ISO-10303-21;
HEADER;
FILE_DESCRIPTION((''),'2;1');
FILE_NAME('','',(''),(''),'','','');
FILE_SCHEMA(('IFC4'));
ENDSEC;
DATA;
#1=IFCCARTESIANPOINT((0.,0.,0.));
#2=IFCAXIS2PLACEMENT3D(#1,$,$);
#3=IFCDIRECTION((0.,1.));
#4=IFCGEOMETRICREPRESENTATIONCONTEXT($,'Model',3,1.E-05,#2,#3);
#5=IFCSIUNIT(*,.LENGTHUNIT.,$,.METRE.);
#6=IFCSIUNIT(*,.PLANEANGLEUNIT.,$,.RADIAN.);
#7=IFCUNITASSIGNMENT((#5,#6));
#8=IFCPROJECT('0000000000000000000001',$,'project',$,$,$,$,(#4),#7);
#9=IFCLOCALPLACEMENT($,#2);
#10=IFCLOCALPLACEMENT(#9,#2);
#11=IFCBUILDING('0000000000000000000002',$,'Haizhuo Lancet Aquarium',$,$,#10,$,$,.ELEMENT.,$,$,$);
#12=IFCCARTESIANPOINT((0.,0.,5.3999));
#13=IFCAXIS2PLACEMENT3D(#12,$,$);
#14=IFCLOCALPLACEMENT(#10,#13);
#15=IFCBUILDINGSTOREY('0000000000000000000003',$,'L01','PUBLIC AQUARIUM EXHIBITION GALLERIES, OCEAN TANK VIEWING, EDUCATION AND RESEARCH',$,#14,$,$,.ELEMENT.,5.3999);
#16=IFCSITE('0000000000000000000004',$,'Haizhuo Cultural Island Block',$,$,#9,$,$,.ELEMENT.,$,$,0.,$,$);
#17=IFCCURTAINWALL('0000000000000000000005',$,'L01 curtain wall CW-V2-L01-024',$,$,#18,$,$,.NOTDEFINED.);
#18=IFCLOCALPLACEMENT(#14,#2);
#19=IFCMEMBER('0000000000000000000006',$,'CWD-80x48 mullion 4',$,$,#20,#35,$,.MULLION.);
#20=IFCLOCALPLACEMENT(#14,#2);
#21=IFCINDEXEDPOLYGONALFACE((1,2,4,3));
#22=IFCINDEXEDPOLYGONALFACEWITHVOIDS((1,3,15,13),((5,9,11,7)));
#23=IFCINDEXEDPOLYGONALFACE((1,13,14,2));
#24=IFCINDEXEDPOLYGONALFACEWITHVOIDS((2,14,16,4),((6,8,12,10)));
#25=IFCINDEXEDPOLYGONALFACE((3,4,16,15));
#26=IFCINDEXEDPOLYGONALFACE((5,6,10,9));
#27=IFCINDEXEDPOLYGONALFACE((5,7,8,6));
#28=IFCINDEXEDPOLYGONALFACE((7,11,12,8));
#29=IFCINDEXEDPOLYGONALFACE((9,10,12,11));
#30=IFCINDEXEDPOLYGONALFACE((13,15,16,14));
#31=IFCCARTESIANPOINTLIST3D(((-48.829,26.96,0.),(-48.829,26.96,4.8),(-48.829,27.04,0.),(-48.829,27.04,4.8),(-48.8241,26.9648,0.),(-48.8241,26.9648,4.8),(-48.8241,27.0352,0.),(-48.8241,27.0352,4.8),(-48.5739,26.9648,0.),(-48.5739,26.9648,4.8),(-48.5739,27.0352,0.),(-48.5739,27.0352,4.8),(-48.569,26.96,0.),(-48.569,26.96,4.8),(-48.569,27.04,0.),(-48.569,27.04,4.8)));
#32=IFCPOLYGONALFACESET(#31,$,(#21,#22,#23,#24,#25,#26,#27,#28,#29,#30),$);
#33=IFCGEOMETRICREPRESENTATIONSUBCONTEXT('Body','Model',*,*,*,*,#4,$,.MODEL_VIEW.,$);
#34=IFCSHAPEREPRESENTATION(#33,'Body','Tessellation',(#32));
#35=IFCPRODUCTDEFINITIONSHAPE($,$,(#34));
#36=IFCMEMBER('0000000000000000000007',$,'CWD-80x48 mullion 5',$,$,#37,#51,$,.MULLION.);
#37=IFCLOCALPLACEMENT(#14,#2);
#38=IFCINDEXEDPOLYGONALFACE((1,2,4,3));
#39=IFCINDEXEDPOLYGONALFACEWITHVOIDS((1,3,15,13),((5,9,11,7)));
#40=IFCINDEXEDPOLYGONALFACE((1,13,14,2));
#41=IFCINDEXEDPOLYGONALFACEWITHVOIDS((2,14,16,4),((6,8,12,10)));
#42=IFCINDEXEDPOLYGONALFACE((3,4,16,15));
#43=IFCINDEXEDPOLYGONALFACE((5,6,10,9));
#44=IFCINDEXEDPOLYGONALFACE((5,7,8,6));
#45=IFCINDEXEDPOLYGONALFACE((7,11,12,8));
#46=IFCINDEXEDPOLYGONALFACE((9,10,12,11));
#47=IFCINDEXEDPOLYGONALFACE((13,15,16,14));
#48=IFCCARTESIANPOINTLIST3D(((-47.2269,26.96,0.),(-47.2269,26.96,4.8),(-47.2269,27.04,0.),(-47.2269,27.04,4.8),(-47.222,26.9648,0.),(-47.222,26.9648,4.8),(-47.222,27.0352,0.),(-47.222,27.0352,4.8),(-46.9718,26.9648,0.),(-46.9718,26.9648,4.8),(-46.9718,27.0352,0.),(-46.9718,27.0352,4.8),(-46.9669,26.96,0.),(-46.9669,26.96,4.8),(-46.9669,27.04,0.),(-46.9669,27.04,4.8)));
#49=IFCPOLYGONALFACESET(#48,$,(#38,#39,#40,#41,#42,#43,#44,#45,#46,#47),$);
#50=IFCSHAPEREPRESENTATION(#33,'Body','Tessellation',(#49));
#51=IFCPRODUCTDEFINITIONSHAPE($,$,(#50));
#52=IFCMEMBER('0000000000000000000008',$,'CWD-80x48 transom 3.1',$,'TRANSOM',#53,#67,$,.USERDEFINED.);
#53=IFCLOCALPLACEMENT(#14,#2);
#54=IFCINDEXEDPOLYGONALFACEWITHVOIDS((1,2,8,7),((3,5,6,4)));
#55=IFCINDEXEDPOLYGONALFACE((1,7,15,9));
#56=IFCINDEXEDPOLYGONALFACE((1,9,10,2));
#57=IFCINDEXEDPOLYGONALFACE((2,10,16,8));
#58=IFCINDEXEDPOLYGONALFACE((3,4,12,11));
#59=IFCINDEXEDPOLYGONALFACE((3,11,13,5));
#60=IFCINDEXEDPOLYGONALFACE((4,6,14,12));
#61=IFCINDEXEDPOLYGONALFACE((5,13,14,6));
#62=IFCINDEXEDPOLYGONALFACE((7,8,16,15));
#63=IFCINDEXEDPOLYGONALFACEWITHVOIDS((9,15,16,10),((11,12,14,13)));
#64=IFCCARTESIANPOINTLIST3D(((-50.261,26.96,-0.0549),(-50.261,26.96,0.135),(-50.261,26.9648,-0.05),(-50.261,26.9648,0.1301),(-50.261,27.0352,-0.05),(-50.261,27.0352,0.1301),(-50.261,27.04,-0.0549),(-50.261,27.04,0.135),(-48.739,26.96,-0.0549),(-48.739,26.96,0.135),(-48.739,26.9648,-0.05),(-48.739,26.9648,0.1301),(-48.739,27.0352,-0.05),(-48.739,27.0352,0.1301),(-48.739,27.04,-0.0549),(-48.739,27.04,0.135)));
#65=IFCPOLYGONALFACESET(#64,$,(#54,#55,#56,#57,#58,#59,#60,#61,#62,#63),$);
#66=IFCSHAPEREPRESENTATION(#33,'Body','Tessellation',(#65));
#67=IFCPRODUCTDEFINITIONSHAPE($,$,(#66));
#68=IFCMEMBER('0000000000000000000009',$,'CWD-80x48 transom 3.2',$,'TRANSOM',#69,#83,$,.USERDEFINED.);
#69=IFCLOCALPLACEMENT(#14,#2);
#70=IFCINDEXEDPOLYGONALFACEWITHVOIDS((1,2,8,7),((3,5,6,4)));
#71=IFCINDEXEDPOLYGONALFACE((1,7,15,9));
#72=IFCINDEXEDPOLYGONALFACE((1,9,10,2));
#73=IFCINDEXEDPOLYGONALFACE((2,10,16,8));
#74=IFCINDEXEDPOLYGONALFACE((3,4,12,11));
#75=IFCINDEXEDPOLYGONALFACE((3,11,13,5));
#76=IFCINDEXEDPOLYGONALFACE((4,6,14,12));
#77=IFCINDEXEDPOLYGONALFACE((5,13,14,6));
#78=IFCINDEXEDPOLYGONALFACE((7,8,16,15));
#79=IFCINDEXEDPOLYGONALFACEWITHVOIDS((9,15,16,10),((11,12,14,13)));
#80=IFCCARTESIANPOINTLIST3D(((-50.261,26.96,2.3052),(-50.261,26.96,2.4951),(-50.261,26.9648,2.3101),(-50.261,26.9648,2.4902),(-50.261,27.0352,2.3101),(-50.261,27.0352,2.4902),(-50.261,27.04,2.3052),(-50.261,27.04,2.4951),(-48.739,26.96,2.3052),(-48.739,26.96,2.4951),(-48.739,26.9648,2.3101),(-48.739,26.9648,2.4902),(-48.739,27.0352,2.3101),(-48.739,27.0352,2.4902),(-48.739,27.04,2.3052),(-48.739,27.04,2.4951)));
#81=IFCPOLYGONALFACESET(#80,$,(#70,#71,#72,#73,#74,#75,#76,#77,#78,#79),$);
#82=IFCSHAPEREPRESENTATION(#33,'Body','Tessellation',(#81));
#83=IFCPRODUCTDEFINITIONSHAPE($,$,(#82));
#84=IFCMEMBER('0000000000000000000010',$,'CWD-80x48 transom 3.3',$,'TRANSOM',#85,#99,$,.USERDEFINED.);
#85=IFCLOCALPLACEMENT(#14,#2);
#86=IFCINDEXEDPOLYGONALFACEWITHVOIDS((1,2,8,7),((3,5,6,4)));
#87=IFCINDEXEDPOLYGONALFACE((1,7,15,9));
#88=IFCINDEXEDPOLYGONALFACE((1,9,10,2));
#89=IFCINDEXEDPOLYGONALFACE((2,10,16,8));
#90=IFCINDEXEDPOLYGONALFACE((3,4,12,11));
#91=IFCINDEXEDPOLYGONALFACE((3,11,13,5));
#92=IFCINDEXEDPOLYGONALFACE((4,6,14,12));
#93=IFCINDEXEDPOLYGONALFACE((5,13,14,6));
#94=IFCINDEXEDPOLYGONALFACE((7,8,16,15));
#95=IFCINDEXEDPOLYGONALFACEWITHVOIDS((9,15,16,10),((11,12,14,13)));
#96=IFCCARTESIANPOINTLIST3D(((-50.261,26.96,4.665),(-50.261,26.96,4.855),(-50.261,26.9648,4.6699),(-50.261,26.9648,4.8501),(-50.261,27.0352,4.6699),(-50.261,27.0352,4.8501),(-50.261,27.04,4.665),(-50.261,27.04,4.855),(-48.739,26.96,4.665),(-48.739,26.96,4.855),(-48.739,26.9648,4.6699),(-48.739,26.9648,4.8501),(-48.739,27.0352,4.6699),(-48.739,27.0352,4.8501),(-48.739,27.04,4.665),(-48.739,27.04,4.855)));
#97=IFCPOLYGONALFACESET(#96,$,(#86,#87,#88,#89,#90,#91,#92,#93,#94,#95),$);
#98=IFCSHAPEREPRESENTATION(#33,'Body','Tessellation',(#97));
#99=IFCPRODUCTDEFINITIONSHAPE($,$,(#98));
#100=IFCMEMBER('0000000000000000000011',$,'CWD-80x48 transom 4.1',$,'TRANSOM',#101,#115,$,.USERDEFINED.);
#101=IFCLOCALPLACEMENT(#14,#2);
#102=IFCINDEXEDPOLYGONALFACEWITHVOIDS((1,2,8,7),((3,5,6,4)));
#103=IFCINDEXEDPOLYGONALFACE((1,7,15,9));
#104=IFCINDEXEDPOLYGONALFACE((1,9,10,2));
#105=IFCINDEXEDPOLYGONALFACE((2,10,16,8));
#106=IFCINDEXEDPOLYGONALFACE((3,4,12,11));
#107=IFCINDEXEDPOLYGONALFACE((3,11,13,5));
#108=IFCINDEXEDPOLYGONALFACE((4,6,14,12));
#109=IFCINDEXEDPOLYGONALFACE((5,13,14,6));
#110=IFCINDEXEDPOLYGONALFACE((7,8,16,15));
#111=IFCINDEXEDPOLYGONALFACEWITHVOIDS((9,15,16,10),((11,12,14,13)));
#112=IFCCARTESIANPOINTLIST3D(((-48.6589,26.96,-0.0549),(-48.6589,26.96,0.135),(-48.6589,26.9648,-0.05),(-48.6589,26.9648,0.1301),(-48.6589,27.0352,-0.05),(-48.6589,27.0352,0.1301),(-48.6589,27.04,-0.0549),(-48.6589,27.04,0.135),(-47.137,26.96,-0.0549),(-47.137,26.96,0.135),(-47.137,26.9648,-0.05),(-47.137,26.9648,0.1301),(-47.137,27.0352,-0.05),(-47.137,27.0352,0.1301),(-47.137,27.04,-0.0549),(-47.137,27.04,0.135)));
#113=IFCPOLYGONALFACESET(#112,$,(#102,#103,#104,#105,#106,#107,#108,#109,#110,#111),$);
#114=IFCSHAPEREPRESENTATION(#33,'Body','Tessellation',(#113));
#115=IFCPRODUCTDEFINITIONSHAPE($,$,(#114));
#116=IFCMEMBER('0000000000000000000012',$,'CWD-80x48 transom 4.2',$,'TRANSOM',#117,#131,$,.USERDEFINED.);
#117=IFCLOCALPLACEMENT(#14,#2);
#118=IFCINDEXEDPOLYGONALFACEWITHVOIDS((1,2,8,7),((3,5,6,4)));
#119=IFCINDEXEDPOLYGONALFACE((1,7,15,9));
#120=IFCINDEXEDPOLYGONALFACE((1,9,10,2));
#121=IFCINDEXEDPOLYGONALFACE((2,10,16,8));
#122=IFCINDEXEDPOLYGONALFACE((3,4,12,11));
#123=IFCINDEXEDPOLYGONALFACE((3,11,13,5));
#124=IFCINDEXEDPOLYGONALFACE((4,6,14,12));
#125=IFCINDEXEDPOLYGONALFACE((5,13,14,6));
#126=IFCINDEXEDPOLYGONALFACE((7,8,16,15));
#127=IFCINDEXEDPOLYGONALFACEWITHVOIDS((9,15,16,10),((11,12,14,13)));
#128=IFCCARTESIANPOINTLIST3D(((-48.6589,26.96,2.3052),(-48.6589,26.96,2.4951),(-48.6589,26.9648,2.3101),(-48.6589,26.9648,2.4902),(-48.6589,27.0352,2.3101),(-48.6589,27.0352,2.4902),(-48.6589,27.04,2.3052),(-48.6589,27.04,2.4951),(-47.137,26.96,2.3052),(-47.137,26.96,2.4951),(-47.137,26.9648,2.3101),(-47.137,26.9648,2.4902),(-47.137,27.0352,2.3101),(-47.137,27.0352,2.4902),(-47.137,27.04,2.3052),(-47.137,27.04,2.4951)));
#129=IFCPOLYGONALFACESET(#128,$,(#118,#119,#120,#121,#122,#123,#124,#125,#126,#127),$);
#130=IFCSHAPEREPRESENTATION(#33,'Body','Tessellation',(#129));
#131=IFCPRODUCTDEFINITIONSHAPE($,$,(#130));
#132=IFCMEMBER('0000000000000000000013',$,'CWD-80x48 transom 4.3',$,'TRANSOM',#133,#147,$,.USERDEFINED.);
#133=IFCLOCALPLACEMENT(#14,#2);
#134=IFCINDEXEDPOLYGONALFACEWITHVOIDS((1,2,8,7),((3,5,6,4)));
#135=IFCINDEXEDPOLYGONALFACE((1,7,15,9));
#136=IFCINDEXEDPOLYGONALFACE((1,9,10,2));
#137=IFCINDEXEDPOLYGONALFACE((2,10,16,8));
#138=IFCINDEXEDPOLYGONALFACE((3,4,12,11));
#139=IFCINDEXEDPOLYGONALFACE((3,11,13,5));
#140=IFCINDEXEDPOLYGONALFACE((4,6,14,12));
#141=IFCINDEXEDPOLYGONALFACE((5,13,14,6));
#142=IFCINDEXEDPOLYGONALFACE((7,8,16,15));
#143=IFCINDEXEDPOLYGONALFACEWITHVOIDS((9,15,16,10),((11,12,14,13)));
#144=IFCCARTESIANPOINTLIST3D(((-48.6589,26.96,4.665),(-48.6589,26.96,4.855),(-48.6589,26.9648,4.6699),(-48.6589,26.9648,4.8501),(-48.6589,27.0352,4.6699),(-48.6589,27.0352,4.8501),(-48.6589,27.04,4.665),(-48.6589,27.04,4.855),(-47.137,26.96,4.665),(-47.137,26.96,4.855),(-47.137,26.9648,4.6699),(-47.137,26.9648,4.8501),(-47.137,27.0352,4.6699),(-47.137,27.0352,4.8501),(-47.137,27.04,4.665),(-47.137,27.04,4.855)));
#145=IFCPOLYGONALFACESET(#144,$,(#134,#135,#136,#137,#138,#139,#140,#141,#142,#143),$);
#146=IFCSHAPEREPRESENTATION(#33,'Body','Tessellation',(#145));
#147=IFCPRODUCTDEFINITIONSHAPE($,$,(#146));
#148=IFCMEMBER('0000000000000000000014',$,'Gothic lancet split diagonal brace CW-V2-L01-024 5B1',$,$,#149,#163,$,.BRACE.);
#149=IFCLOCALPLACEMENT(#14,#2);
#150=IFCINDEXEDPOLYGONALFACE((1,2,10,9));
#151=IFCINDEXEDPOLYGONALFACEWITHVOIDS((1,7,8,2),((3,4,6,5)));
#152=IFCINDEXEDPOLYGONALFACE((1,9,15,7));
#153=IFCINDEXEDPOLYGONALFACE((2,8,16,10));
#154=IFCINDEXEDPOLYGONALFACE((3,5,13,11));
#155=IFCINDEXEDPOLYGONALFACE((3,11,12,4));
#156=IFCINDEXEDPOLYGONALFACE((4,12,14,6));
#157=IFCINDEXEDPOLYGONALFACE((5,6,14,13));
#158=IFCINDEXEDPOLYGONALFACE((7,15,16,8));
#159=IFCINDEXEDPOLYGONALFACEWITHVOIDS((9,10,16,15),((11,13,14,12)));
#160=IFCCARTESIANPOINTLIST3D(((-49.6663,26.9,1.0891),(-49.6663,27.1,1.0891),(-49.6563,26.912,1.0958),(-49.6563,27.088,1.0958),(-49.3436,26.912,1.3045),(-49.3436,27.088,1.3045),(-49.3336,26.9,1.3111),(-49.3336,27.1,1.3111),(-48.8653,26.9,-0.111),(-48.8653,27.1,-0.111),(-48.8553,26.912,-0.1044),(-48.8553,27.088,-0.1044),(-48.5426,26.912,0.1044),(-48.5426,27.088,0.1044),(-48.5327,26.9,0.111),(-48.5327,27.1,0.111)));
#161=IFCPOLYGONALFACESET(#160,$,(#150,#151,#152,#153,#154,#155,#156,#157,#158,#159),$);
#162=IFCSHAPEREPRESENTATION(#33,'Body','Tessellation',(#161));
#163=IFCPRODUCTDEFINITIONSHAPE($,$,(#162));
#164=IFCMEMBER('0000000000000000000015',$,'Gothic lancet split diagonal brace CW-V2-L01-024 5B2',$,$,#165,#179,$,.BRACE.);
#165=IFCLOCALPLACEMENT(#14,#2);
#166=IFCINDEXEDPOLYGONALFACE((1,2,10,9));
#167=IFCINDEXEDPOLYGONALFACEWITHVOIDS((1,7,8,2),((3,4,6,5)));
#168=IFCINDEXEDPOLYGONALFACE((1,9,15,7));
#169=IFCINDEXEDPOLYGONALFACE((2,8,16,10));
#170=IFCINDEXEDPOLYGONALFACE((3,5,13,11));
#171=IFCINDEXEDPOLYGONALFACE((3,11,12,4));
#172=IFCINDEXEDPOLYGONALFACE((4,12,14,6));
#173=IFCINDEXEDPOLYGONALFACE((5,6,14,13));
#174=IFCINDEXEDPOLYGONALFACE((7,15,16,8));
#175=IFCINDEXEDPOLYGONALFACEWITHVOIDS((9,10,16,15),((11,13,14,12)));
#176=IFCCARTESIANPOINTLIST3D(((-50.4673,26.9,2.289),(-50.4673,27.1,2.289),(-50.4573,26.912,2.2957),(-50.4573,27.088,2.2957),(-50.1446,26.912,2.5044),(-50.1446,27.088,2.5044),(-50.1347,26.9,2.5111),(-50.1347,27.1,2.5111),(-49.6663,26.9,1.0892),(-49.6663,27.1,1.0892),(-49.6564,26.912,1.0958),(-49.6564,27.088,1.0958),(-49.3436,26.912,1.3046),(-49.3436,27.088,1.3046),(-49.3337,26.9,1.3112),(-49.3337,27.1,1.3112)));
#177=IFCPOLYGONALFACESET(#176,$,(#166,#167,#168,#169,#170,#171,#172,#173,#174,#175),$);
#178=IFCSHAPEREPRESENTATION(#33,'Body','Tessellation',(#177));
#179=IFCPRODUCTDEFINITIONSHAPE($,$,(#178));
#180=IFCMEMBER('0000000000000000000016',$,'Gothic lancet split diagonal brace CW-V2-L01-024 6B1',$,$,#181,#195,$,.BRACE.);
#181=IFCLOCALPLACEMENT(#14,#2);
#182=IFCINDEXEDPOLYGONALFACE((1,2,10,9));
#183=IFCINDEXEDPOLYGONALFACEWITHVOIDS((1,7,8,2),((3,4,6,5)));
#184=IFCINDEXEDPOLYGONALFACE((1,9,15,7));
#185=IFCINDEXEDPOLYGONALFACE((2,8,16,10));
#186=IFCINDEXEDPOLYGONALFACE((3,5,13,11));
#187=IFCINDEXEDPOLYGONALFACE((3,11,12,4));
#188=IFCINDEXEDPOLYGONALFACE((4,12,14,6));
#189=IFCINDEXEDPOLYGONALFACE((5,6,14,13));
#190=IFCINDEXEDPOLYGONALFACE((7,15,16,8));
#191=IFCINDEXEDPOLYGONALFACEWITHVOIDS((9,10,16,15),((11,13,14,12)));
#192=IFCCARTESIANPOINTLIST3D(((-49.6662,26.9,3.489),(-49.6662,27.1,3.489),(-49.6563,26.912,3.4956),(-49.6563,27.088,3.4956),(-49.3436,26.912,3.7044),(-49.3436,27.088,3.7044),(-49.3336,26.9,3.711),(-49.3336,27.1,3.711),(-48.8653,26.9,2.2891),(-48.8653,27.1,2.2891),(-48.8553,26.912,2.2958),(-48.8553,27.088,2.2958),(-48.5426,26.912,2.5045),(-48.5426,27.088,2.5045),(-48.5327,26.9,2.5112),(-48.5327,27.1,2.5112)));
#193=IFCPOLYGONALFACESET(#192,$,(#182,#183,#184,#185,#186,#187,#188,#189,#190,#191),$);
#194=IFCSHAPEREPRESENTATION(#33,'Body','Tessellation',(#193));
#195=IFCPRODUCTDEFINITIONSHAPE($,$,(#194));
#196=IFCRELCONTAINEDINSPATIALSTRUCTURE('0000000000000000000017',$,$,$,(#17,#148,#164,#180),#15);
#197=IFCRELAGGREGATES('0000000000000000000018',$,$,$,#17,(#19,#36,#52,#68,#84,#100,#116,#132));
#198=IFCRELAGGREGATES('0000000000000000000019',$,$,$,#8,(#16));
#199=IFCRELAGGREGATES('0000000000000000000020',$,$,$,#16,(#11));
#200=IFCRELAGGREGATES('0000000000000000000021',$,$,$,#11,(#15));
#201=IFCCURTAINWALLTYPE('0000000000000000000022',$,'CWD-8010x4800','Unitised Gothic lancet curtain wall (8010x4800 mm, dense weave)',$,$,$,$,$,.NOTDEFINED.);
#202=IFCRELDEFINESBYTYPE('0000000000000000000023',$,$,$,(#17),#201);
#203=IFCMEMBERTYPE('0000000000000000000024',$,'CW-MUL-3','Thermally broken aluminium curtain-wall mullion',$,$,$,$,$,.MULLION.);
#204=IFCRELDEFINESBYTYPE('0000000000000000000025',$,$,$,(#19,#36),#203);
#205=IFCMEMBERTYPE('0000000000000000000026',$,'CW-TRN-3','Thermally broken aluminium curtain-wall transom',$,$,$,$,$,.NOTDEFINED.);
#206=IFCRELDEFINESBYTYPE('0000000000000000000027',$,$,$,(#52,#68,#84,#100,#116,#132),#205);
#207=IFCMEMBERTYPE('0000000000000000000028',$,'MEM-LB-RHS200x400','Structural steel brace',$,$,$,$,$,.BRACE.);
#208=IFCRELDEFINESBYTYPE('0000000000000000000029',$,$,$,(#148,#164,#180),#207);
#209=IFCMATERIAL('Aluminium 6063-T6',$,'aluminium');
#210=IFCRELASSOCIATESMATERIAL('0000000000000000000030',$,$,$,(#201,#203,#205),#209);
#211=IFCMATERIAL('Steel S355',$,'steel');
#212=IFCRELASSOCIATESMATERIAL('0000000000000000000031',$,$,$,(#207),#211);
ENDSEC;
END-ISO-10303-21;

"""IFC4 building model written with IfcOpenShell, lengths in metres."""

from ifc_helpers import new_model, si_unit, direction, frame, origin, origin_2d, place, context, subcontext, project, spatial, hollow_rectangle, extrude, material, material_profile, profile_set, type_object, element, aggregate, save


model = new_model("IFC4")

# Units and contexts
model_context = context("Model", 3, precision=1e-05, world=origin(), true_north=direction((0.0, 1.0)))
body_context = subcontext(model_context, "Body", "Model", "MODEL_VIEW")
ifc_project = project(units=[si_unit("LENGTHUNIT", "METRE"), si_unit("PLANEANGLEUNIT", "RADIAN")], contexts=[model_context])

# Site, building, storey
site_placement = place(None, origin())
site = spatial("IfcSite", under=ifc_project, at=site_placement, Name="Haizhuo Cultural Island Block", CompositionType="ELEMENT", RefElevation=0.0)
building_placement = place(site_placement, origin())
building = spatial("IfcBuilding", under=site, at=building_placement, Name="Haizhuo Lancet Aquarium", CompositionType="ELEMENT")
storey_placement = place(building_placement, frame((0.0, 0.0, 5.3999)))
storey = spatial("IfcBuildingStorey", under=building, at=storey_placement, Name="L01", Description="PUBLIC AQUARIUM EXHIBITION GALLERIES, OCEAN TANK VIEWING, EDUCATION AND RESEARCH", CompositionType="ELEMENT", Elevation=5.3999)

# Curtain wall, members
ifc_material_1 = material(Name="Aluminium 6063-T6", Category="aluminium")
curtain_wall_type = type_object("IfcCurtainWallType", Name="CWD-8010x4800", Description="Unitised Gothic lancet curtain wall (8010x4800 mm, dense weave)", PredefinedType="NOTDEFINED", material=ifc_material_1)
curtain_wall_placement = place(storey_placement, origin())
curtain_wall = element("IfcCurtainWall", 1, at=curtain_wall_placement, inside=storey, type_object=curtain_wall_type, Name="L01 curtain wall CW-V2-L01-024", PredefinedType="NOTDEFINED")
ifc_material_profile_1 = material_profile(ifc_material_1, hollow_rectangle(XDim=0.0801, YDim=0.26, WallThickness=0.0049, at=origin_2d()), Name="ALU-M 80x260x5")
ifc_profile_set_1 = profile_set([ifc_material_profile_1], Name="Aluminium 6063-T6")
member_type_1 = type_object("IfcMemberType", Name="CW-MUL-3", Description="Thermally broken aluminium curtain-wall mullion", PredefinedType="MULLION", material=ifc_profile_set_1)
member_1_placement = place(storey_placement, frame((-48.699, 27.0, 0.0), z_axis=(0.0, 0.0, 1.0), x_axis=(0.0, 1.0, 0.0)))
member_1 = element("IfcMember", 2, at=member_1_placement, type_object=member_type_1, Name="CWD-80x48 mullion 4", PredefinedType="MULLION", context=body_context, shape_type="SweptSolid", body=[
    extrude(hollow_rectangle(XDim=0.0801, YDim=0.26, WallThickness=0.0049, at=origin_2d()), origin(), (0.0, 0.0, 1.0), 4.8),
])
member_2_placement = place(storey_placement, frame((-47.0969, 27.0, 0.0), z_axis=(0.0, 0.0, 1.0), x_axis=(0.0, 1.0, 0.0)))
member_2 = element("IfcMember", 3, at=member_2_placement, type_object=member_type_1, Name="CWD-80x48 mullion 5", PredefinedType="MULLION", context=body_context, shape_type="SweptSolid", body=[
    extrude(hollow_rectangle(XDim=0.0801, YDim=0.26, WallThickness=0.0049, at=origin_2d()), origin(), (0.0, 0.0, 1.0), 4.8),
])
ifc_material_profile_2 = material_profile(ifc_material_1, hollow_rectangle(XDim=0.0801, YDim=0.1899, WallThickness=0.0049, at=origin_2d()), Name="ALU-T 80x190x5")
ifc_profile_set_2 = profile_set([ifc_material_profile_2], Name="Aluminium 6063-T6")
member_type_2 = type_object("IfcMemberType", Name="CW-TRN-3", Description="Thermally broken aluminium curtain-wall transom", PredefinedType="NOTDEFINED", material=ifc_profile_set_2)
member_3_placement = place(storey_placement, frame((-50.261, 27.0, 0.04), z_axis=(1.0, 0.0, 0.0), x_axis=(0.0, 1.0, 0.0)))
member_3 = element("IfcMember", 4, at=member_3_placement, type_object=member_type_2, Name="CWD-80x48 transom 3.1", ObjectType="TRANSOM", PredefinedType="USERDEFINED", context=body_context, shape_type="SweptSolid", body=[
    extrude(hollow_rectangle(XDim=0.0801, YDim=0.1899, WallThickness=0.0049, at=origin_2d()), origin(), (0.0, 0.0, 1.0), 1.522),
])
member_4_placement = place(storey_placement, frame((-50.261, 27.0, 2.4001), z_axis=(1.0, 0.0, 0.0), x_axis=(0.0, 1.0, 0.0)))
member_4 = element("IfcMember", 5, at=member_4_placement, type_object=member_type_2, Name="CWD-80x48 transom 3.2", ObjectType="TRANSOM", PredefinedType="USERDEFINED", context=body_context, shape_type="SweptSolid", body=[
    extrude(hollow_rectangle(XDim=0.0801, YDim=0.1899, WallThickness=0.0049, at=origin_2d()), origin(), (0.0, 0.0, 1.0), 1.522),
])
member_5_placement = place(storey_placement, frame((-50.261, 27.0, 4.76), z_axis=(1.0, 0.0, 0.0), x_axis=(0.0, 1.0, 0.0)))
member_5 = element("IfcMember", 6, at=member_5_placement, type_object=member_type_2, Name="CWD-80x48 transom 3.3", ObjectType="TRANSOM", PredefinedType="USERDEFINED", context=body_context, shape_type="SweptSolid", body=[
    extrude(hollow_rectangle(XDim=0.0801, YDim=0.1899, WallThickness=0.0049, at=origin_2d()), origin(), (0.0, 0.0, 1.0), 1.522),
])
member_6_placement = place(storey_placement, frame((-48.6589, 27.0, 0.04), z_axis=(1.0, 0.0, 0.0), x_axis=(0.0, 1.0, 0.0)))
member_6 = element("IfcMember", 7, at=member_6_placement, type_object=member_type_2, Name="CWD-80x48 transom 4.1", ObjectType="TRANSOM", PredefinedType="USERDEFINED", context=body_context, shape_type="SweptSolid", body=[
    extrude(hollow_rectangle(XDim=0.0801, YDim=0.1899, WallThickness=0.0049, at=origin_2d()), origin(), (0.0, 0.0, 1.0), 1.522),
])
member_7_placement = place(storey_placement, frame((-48.6589, 27.0, 2.4001), z_axis=(1.0, 0.0, 0.0), x_axis=(0.0, 1.0, 0.0)))
member_7 = element("IfcMember", 8, at=member_7_placement, type_object=member_type_2, Name="CWD-80x48 transom 4.2", ObjectType="TRANSOM", PredefinedType="USERDEFINED", context=body_context, shape_type="SweptSolid", body=[
    extrude(hollow_rectangle(XDim=0.0801, YDim=0.1899, WallThickness=0.0049, at=origin_2d()), origin(), (0.0, 0.0, 1.0), 1.522),
])
member_8_placement = place(storey_placement, frame((-48.6589, 27.0, 4.76), z_axis=(1.0, 0.0, 0.0), x_axis=(0.0, 1.0, 0.0)))
member_8 = element("IfcMember", 9, at=member_8_placement, type_object=member_type_2, Name="CWD-80x48 transom 4.3", ObjectType="TRANSOM", PredefinedType="USERDEFINED", context=body_context, shape_type="SweptSolid", body=[
    extrude(hollow_rectangle(XDim=0.0801, YDim=0.1899, WallThickness=0.0049, at=origin_2d()), origin(), (0.0, 0.0, 1.0), 1.522),
])

# Members
ifc_material_2 = material(Name="Steel S355", Category="steel")
ifc_material_profile_3 = material_profile(ifc_material_2, hollow_rectangle(XDim=0.2, YDim=0.3999, WallThickness=0.012, at=origin_2d()), Name="RHS 200x400x12")
ifc_profile_set_3 = profile_set([ifc_material_profile_3], Name="Steel S355")
member_type_3 = type_object("IfcMemberType", Name="MEM-LB-RHS200x400", Description="Structural steel brace", PredefinedType="BRACE", material=ifc_profile_set_3)
member_9_placement = place(storey_placement, frame((-48.699, 27.0, 0.0), z_axis=(-0.55513, 0.0, 0.831764), x_axis=(0.0, -1.0, 0.0)))
element("IfcMember", 10, at=member_9_placement, inside=storey, type_object=member_type_3, Name="Gothic lancet split diagonal brace CW-V2-L01-024 5B1", PredefinedType="BRACE", context=body_context, shape_type="SweptSolid", body=[
    extrude(hollow_rectangle(XDim=0.2, YDim=0.3999, WallThickness=0.012, at=origin_2d()), origin(), (0.0, 0.0, 1.0), 1.4429),
])
for number, where, z_axis, x_axis, name in (
    (11, (-49.5, 27.0, 1.2002), (-0.555208, 0.0, 0.831712), (0.0, -1.0, 0.0), "Gothic lancet split diagonal brace CW-V2-L01-024 5B2"),
    (12, (-48.699, 27.0, 2.4001), (-0.555208, 0.0, 0.831712), (0.0, -1.0, 0.0), "Gothic lancet split diagonal brace CW-V2-L01-024 6B1"),
):
    element("IfcMember", number, at=place(storey_placement, frame(where, z_axis=z_axis, x_axis=x_axis)), inside=storey, type_object=member_type_3, Name=name, PredefinedType="BRACE", context=body_context, shape_type="SweptSolid", body=[
        extrude(hollow_rectangle(XDim=0.2, YDim=0.3999, WallThickness=0.012, at=origin_2d()), origin(), (0.0, 0.0, 1.0), 1.4426),
    ])

aggregate(curtain_wall, [member_1, member_2, member_3, member_4, member_5, member_6, member_7, member_8])

save(model, "model.ifc")
